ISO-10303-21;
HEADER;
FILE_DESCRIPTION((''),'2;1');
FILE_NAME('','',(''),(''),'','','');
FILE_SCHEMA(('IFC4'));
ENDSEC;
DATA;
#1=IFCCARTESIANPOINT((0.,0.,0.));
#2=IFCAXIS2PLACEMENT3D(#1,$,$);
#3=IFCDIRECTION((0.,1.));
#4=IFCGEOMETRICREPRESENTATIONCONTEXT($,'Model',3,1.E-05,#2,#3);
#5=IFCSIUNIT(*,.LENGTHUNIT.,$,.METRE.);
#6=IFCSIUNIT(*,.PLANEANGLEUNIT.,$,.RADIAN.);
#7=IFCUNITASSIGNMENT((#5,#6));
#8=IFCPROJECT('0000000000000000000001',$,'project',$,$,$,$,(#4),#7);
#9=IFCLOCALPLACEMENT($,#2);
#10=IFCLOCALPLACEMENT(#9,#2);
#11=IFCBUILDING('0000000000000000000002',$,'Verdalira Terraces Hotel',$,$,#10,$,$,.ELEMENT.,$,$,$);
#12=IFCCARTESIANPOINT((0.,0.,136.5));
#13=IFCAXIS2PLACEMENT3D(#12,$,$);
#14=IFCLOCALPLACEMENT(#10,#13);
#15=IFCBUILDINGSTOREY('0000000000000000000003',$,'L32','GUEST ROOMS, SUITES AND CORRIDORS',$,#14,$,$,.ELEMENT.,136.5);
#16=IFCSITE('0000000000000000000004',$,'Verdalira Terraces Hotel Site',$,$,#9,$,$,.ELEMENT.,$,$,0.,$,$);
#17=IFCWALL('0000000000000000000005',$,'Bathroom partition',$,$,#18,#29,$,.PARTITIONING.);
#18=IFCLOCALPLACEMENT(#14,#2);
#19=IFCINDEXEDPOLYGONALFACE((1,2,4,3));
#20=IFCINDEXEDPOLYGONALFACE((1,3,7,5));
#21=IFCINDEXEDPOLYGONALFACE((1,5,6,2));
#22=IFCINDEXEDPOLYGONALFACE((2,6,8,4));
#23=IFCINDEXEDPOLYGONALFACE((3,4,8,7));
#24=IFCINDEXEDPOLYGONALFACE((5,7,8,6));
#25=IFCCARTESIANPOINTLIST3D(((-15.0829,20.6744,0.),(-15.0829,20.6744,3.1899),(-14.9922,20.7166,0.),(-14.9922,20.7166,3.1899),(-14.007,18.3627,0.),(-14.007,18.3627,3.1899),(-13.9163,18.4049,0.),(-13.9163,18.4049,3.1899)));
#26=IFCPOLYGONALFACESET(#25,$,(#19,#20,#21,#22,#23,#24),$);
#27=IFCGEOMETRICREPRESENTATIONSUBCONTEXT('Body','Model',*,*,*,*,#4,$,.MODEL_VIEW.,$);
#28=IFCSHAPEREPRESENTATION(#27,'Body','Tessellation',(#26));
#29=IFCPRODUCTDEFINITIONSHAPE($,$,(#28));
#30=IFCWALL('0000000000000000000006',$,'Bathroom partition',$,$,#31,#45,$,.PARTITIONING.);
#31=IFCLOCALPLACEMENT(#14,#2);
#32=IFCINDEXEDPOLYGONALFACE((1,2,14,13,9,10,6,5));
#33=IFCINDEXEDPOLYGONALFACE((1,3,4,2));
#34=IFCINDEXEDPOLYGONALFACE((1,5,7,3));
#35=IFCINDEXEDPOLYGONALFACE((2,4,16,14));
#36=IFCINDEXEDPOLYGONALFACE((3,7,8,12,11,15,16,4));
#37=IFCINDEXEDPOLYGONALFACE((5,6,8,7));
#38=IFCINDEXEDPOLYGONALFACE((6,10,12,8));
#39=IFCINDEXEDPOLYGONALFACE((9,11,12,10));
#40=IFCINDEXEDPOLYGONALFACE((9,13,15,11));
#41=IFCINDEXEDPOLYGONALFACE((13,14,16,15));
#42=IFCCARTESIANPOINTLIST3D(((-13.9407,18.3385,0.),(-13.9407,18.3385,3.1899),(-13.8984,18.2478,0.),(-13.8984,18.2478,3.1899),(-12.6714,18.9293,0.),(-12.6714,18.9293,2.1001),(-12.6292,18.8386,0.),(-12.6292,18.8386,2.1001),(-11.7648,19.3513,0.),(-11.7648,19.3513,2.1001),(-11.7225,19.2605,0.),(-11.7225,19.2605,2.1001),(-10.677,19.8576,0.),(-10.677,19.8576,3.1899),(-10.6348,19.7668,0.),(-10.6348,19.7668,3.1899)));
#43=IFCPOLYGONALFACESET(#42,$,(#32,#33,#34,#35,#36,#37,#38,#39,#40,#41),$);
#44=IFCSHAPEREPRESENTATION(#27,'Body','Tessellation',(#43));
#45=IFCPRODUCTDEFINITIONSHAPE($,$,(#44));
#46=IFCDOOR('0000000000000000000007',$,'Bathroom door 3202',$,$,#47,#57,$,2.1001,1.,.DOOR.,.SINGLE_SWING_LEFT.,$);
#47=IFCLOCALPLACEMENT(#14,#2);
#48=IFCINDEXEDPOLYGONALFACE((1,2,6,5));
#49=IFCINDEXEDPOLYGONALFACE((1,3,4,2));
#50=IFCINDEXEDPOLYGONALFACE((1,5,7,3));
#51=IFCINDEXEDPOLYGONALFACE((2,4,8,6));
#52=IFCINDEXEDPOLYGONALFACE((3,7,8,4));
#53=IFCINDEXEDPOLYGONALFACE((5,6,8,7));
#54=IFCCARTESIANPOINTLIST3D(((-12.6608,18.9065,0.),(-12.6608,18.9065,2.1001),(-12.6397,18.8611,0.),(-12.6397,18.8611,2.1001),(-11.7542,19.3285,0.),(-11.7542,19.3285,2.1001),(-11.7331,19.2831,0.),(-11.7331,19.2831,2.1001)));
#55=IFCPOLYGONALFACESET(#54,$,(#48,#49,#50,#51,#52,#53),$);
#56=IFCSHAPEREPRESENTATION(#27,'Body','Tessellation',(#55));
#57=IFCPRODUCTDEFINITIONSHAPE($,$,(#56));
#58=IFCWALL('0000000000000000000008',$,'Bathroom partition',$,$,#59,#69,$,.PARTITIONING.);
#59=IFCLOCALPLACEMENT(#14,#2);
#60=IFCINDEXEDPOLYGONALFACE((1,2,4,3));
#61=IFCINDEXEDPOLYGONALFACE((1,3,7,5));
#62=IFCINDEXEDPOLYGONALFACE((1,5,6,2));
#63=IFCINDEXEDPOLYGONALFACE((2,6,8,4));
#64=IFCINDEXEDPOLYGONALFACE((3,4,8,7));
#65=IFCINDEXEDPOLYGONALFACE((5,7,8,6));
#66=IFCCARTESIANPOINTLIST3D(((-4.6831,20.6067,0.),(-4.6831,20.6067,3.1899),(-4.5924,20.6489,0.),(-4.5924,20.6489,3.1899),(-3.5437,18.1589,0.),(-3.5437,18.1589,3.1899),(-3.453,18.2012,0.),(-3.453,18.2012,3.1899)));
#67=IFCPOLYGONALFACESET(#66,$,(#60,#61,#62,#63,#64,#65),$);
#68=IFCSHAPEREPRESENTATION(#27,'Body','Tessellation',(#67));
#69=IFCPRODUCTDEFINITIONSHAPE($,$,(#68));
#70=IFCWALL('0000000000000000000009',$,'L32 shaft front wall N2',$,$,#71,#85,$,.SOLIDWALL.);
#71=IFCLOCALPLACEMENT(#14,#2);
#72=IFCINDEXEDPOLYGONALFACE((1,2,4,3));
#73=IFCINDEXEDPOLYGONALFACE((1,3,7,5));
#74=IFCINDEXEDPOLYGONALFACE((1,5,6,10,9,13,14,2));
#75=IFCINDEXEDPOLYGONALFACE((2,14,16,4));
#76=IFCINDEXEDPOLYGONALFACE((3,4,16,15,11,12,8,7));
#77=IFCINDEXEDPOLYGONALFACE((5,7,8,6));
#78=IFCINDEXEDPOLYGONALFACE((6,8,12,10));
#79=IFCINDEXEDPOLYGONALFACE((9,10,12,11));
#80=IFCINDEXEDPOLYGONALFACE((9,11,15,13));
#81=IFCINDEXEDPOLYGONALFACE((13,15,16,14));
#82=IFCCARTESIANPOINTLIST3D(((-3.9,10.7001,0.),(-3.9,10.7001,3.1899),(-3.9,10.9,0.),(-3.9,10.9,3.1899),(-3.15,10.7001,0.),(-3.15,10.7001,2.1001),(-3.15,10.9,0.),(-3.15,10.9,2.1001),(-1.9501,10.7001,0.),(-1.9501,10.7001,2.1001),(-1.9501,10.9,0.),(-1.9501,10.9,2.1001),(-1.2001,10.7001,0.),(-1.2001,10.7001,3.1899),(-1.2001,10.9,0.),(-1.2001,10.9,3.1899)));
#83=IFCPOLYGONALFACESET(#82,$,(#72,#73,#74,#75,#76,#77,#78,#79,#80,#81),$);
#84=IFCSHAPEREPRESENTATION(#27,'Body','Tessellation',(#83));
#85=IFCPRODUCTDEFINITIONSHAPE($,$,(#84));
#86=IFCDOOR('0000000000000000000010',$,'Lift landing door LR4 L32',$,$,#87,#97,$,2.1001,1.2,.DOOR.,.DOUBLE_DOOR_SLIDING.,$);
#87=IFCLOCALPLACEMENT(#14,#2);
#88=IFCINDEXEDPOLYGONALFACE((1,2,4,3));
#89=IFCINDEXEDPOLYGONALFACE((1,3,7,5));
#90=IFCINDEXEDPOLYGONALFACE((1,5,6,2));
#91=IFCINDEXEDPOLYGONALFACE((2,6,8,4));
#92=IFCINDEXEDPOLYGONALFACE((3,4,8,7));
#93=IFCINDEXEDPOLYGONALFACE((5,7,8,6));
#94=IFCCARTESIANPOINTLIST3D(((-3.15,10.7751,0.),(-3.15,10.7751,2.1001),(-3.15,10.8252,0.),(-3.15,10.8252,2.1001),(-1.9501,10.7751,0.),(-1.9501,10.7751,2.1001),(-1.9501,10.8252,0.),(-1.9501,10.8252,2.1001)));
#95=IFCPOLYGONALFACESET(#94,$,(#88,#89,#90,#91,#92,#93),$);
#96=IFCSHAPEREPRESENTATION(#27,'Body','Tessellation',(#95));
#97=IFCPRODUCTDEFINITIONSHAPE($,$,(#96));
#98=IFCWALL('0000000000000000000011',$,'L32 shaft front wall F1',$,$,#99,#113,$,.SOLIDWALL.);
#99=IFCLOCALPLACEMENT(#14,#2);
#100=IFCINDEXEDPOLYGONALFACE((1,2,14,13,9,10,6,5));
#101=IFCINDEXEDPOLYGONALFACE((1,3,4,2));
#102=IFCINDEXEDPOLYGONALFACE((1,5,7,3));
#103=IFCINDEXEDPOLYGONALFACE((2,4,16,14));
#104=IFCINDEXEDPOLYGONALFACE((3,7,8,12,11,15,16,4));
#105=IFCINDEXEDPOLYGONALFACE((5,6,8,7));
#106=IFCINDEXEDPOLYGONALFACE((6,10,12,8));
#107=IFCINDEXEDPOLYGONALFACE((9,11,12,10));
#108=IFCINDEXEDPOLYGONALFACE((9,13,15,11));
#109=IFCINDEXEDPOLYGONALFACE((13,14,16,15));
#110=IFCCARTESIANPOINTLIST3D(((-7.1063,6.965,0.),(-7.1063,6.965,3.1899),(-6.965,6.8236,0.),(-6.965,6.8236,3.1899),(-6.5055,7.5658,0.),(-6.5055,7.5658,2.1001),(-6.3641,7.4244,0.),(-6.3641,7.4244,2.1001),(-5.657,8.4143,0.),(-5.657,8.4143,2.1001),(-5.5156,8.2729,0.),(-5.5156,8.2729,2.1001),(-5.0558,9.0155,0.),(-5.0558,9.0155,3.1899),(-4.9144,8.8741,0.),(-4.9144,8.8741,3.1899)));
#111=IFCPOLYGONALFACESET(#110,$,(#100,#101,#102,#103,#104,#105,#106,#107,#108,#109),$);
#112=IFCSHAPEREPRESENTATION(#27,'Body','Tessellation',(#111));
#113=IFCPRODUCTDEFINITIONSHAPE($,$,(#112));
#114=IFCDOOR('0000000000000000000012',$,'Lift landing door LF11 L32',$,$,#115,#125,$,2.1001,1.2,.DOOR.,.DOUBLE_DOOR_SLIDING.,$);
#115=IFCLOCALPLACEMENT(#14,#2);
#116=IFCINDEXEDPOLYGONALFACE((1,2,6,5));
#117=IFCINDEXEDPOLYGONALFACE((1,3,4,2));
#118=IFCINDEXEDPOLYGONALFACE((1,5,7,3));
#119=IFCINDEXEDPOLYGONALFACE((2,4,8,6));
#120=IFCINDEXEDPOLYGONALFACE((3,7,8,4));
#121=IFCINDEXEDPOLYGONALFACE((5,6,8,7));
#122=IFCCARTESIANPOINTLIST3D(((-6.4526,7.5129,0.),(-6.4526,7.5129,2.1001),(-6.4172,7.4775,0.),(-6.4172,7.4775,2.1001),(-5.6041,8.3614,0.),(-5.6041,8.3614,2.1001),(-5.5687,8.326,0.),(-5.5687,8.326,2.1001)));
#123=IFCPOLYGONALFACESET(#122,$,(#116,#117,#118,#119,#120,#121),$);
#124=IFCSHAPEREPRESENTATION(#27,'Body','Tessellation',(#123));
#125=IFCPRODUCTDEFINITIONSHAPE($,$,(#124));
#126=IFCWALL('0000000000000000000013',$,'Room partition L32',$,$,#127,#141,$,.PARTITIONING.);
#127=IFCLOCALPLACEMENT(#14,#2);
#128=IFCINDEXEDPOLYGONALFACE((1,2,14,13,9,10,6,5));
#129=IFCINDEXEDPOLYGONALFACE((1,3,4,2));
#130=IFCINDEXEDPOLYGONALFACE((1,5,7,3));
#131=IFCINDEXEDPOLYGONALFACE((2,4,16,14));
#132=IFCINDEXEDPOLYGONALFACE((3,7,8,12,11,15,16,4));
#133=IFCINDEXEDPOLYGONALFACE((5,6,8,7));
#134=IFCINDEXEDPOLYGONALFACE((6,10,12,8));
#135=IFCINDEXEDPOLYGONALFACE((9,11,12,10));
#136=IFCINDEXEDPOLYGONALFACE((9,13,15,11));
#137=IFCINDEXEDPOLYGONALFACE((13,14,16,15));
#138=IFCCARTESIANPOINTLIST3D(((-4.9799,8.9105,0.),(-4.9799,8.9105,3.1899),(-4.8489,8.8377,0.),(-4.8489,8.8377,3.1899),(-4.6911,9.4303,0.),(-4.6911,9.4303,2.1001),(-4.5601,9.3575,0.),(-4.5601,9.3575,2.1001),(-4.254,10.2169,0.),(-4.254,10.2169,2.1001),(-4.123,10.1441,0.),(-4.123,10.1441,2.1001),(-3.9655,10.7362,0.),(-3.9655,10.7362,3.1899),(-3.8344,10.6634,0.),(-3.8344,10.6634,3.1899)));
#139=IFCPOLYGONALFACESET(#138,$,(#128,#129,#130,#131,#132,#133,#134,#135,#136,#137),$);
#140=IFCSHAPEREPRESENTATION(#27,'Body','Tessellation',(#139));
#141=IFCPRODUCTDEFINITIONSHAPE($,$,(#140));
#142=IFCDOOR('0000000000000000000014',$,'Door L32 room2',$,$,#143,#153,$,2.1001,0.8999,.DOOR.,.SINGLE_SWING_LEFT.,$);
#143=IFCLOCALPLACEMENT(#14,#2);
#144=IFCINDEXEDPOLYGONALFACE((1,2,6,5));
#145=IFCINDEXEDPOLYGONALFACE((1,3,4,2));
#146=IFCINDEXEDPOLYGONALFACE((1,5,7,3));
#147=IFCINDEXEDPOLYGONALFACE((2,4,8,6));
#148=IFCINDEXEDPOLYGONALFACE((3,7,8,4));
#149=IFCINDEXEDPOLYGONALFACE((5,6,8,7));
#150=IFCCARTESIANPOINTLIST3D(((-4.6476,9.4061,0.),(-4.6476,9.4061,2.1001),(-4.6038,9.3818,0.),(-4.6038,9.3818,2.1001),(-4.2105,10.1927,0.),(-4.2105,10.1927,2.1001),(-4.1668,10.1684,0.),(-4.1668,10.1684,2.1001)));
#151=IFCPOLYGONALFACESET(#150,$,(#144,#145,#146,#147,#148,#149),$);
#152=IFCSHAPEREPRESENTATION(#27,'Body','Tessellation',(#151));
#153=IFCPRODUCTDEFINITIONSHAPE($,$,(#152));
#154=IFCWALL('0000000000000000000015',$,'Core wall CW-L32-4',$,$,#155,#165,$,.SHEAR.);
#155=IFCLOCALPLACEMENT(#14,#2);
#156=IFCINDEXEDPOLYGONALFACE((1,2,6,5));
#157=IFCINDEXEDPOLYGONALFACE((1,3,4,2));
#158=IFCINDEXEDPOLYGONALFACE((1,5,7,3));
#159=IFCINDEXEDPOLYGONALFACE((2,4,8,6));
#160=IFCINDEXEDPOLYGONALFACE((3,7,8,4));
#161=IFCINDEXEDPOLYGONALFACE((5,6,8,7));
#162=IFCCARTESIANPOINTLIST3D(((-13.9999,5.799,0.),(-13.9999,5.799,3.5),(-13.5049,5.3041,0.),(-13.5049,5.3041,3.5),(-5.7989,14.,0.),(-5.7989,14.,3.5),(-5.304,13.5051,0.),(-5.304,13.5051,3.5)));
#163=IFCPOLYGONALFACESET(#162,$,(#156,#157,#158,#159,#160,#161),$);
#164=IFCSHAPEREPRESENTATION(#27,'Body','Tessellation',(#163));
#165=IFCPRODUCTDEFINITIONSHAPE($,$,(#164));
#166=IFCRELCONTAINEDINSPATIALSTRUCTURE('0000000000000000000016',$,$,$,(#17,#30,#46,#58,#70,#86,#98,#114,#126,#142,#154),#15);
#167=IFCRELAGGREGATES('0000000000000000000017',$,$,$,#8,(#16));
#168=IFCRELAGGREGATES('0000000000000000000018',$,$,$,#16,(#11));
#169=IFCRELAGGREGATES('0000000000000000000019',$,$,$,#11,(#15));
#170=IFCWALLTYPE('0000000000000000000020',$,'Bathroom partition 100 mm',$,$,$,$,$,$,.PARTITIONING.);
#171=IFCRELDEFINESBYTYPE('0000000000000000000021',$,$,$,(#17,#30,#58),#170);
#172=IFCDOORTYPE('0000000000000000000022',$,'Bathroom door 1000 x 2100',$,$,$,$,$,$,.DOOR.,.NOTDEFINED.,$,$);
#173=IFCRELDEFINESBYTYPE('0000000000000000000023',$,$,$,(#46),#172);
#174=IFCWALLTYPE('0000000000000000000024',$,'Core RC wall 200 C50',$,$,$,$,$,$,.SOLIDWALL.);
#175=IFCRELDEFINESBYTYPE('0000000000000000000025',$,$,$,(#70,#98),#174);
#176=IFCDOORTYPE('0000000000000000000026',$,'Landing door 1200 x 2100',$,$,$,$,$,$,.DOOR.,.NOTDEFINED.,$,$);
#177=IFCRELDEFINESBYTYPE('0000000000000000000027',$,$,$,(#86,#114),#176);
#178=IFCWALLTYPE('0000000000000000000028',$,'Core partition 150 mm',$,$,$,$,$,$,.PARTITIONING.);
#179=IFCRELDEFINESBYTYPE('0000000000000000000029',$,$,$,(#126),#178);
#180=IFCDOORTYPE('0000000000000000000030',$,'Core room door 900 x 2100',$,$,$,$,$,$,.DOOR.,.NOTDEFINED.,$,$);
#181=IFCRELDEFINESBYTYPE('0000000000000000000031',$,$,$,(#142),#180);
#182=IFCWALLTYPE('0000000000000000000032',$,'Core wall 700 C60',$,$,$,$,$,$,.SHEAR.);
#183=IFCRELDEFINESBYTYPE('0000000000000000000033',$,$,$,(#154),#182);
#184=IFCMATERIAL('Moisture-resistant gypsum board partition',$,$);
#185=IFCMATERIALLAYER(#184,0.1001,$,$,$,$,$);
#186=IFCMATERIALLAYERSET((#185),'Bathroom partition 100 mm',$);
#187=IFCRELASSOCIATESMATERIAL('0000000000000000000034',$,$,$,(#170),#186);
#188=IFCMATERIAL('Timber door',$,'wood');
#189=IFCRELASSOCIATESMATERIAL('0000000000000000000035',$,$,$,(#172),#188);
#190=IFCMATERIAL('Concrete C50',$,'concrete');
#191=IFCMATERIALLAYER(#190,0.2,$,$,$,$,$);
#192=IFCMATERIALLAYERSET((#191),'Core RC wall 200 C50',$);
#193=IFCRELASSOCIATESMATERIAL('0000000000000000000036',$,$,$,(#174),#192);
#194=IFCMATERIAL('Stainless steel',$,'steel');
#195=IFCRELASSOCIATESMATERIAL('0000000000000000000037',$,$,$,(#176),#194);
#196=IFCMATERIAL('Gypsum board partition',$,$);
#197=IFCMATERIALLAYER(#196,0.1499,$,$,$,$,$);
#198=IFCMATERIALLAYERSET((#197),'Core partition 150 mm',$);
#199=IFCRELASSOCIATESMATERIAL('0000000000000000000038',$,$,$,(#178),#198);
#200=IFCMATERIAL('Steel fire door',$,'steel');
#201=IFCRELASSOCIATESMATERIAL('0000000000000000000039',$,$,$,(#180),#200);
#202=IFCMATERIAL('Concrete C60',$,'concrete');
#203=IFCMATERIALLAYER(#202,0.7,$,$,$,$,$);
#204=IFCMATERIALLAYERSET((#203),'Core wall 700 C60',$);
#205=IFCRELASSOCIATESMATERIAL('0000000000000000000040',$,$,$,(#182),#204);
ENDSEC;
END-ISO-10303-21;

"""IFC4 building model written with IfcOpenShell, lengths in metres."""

from ifc_helpers import new_model, si_unit, direction, frame, frame_2d, origin, place, context, subcontext, project, spatial, rectangle, extrude, material, layer, layer_set, type_object, element, fill, save


model = new_model("IFC4")

# Units and contexts
model_context = context("Model", 3, precision=1e-05, world=origin(), true_north=direction((0.0, 1.0)))
body_context = subcontext(model_context, "Body", "Model", "MODEL_VIEW")
ifc_project = project(units=[si_unit("LENGTHUNIT", "METRE"), si_unit("PLANEANGLEUNIT", "RADIAN")], contexts=[model_context])

# Site, building, storey
site_placement = place(None, origin())
site = spatial("IfcSite", under=ifc_project, at=site_placement, Name="Verdalira Terraces Hotel Site", CompositionType="ELEMENT", RefElevation=0.0)
building_placement = place(site_placement, origin())
building = spatial("IfcBuilding", under=site, at=building_placement, Name="Verdalira Terraces Hotel", CompositionType="ELEMENT")
storey_placement = place(building_placement, frame((0.0, 0.0, 136.5)))
storey = spatial("IfcBuildingStorey", under=building, at=storey_placement, Name="L32", Description="GUEST ROOMS, SUITES AND CORRIDORS", CompositionType="ELEMENT", Elevation=136.5)

# Wall
ifc_material_1 = material(Name="Moisture-resistant gypsum board partition")
ifc_layer_1 = layer(ifc_material_1, 0.1001)
ifc_layer_set_1 = layer_set([ifc_layer_1], Name="Bathroom partition 100 mm")
wall_type_1 = type_object("IfcWallType", Name="Bathroom partition 100 mm", PredefinedType="PARTITIONING", material=ifc_layer_set_1)
wall_1_placement = place(storey_placement, frame((-13.9617, 18.3838, 0.0), z_axis=(0.0, 0.0, 1.0), x_axis=(-0.421952, 0.906618, 0.0)))
element("IfcWall", 1, at=wall_1_placement, inside=storey, type_object=wall_type_1, Name="Bathroom partition", PredefinedType="PARTITIONING", context=body_context, shape_type="SweptSolid", body=[
    extrude(rectangle(XDim=2.5498, YDim=0.1001, at=frame_2d((1.2749, 0.0))), origin(), (0.0, 0.0, 1.0), 3.1899),
])

# Wall, opening, door
wall_2_placement = place(storey_placement, frame((-13.9194, 18.2932, 0.0), z_axis=(0.0, 0.0, 1.0), x_axis=(0.906609, 0.421972, 0.0)))
wall_2 = element("IfcWall", 2, at=wall_2_placement, inside=storey, type_object=wall_type_1, Name="Bathroom partition", PredefinedType="PARTITIONING", context=body_context, shape_type="SweptSolid", body=[
    extrude(rectangle(XDim=3.5999, YDim=0.1001, at=frame_2d((1.7998, 0.0))), origin(), (0.0, 0.0, 1.0), 3.1899),
])
opening_1_placement = place(wall_2_placement, frame((1.3999, 0.0, 0.0)))
opening_1 = element("IfcOpeningElement", 3, at=opening_1_placement, cuts=wall_2, PredefinedType="OPENING", context=body_context, shape_type="SweptSolid", body=[
    extrude(rectangle(XDim=1.0, YDim=2.1001, at=frame_2d((0.5, 1.05))), frame((0.0, 0.0601, 0.0), z_axis=(0.0, -1.0, 0.0), x_axis=(1.0, 0.0, 0.0)), (0.0, 0.0, 1.0), 0.1201),
])
ifc_material_2 = material(Name="Timber door", Category="wood")
door_type_1 = type_object("IfcDoorType", Name="Bathroom door 1000 x 2100", OperationType="NOTDEFINED", PredefinedType="DOOR", material=ifc_material_2)
door_1_placement = place(opening_1_placement, origin())
door_1 = element("IfcDoor", 4, at=door_1_placement, inside=storey, type_object=door_type_1, Name="Bathroom door 3202", OperationType="SINGLE_SWING_LEFT", OverallHeight=2.1001, OverallWidth=1.0, PredefinedType="DOOR", context=body_context, shape_type="SweptSolid", body=[
    extrude(rectangle(XDim=1.0, YDim=2.1001, at=frame_2d((0.5, 1.05))), frame((0.0, 0.0249, 0.0), z_axis=(0.0, -1.0, 0.0), x_axis=(1.0, 0.0, 0.0)), (0.0, 0.0, 1.0), 0.05),
])
fill(opening_1, door_1)

# Wall
wall_3_placement = place(storey_placement, frame((-3.4983, 18.1799, 0.0), z_axis=(0.0, 0.0, 1.0), x_axis=(-0.422009, 0.906592, 0.0)))
element("IfcWall", 5, at=wall_3_placement, inside=storey, type_object=wall_type_1, Name="Bathroom partition", PredefinedType="PARTITIONING", context=body_context, shape_type="SweptSolid", body=[
    extrude(rectangle(XDim=2.7, YDim=0.1001, at=frame_2d((1.3501, 0.0))), origin(), (0.0, 0.0, 1.0), 3.1899),
])

# Walls, openings, doors
ifc_material_3 = material(Name="Concrete C50", Category="concrete")
ifc_layer_2 = layer(ifc_material_3, 0.2)
ifc_layer_set_2 = layer_set([ifc_layer_2], Name="Core RC wall 200 C50")
wall_type_2 = type_object("IfcWallType", Name="Core RC wall 200 C50", PredefinedType="SOLIDWALL", material=ifc_layer_set_2)
wall_4_placement = place(storey_placement, frame((-1.2, 10.8, 0.0), z_axis=(0.0, 0.0, 1.0), x_axis=(-1.0, 0.0, 0.0)))
wall_4 = element("IfcWall", 6, at=wall_4_placement, inside=storey, type_object=wall_type_2, Name="L32 shaft front wall N2", PredefinedType="SOLIDWALL", context=body_context, shape_type="SweptSolid", body=[
    extrude(rectangle(XDim=2.7, YDim=0.2, at=frame_2d((1.3501, 0.0))), origin(), (0.0, 0.0, 1.0), 3.1899),
])
opening_2_placement = place(wall_4_placement, frame((0.75, 0.0, 0.0)))
opening_2 = element("IfcOpeningElement", 7, at=opening_2_placement, cuts=wall_4, PredefinedType="OPENING", context=body_context, shape_type="SweptSolid", body=[
    extrude(rectangle(XDim=1.2, YDim=2.1001, at=frame_2d((0.6001, 1.05))), frame((0.0, 0.1099, 0.0), z_axis=(0.0, -1.0, 0.0), x_axis=(1.0, 0.0, 0.0)), (0.0, 0.0, 1.0), 0.22),
])
ifc_material_4 = material(Name="Stainless steel", Category="steel")
door_type_2 = type_object("IfcDoorType", Name="Landing door 1200 x 2100", OperationType="NOTDEFINED", PredefinedType="DOOR", material=ifc_material_4)
door_2_placement = place(opening_2_placement, origin())
door_2 = element("IfcDoor", 8, at=door_2_placement, inside=storey, type_object=door_type_2, Name="Lift landing door LR4 L32", OperationType="DOUBLE_DOOR_SLIDING", OverallHeight=2.1001, OverallWidth=1.2, PredefinedType="DOOR", context=body_context, shape_type="SweptSolid", body=[
    extrude(rectangle(XDim=1.2, YDim=2.1001, at=frame_2d((0.6001, 1.05))), frame((0.0, 0.0249, 0.0), z_axis=(0.0, -1.0, 0.0), x_axis=(1.0, 0.0, 0.0)), (0.0, 0.0, 1.0), 0.05),
])
fill(opening_2, door_2)
wall_5_placement = place(storey_placement, frame((-4.9851, 8.9448, 0.0), z_axis=(0.0, 0.0, 1.0), x_axis=(-0.707107, -0.707107, 0.0)))
wall_5 = element("IfcWall", 9, at=wall_5_placement, inside=storey, type_object=wall_type_2, Name="L32 shaft front wall F1", PredefinedType="SOLIDWALL", context=body_context, shape_type="SweptSolid", body=[
    extrude(rectangle(XDim=2.8999, YDim=0.2, at=frame_2d((1.45, 0.0))), origin(), (0.0, 0.0, 1.0), 3.1899),
])
opening_3_placement = place(wall_5_placement, frame((0.8501, 0.0, 0.0)))
opening_3 = element("IfcOpeningElement", 10, at=opening_3_placement, cuts=wall_5, PredefinedType="OPENING", context=body_context, shape_type="SweptSolid", body=[
    extrude(rectangle(XDim=1.2, YDim=2.1001, at=frame_2d((0.6001, 1.05))), frame((0.0, 0.1099, 0.0), z_axis=(0.0, -1.0, 0.0), x_axis=(1.0, 0.0, 0.0)), (0.0, 0.0, 1.0), 0.22),
])
door_3_placement = place(opening_3_placement, origin())
door_3 = element("IfcDoor", 11, at=door_3_placement, inside=storey, type_object=door_type_2, Name="Lift landing door LF11 L32", OperationType="DOUBLE_DOOR_SLIDING", OverallHeight=2.1001, OverallWidth=1.2, PredefinedType="DOOR", context=body_context, shape_type="SweptSolid", body=[
    extrude(rectangle(XDim=1.2, YDim=2.1001, at=frame_2d((0.6001, 1.05))), frame((0.0, 0.0249, 0.0), z_axis=(0.0, -1.0, 0.0), x_axis=(1.0, 0.0, 0.0)), (0.0, 0.0, 1.0), 0.05),
])
fill(opening_3, door_3)
ifc_material_5 = material(Name="Gypsum board partition")
ifc_layer_3 = layer(ifc_material_5, 0.1499)
ifc_layer_set_3 = layer_set([ifc_layer_3], Name="Core partition 150 mm")
wall_type_3 = type_object("IfcWallType", Name="Core partition 150 mm", PredefinedType="PARTITIONING", material=ifc_layer_set_3)
wall_6_placement = place(storey_placement, frame((-3.8999, 10.7, 0.0), z_axis=(0.0, 0.0, 1.0), x_axis=(-0.485693, -0.87413, 0.0)))
wall_6 = element("IfcWall", 12, at=wall_6_placement, inside=storey, type_object=wall_type_3, Name="Room partition L32", PredefinedType="PARTITIONING", context=body_context, shape_type="SweptSolid", body=[
    extrude(rectangle(XDim=2.0886, YDim=0.1499, at=frame_2d((1.0444, 0.0))), origin(), (0.0, 0.0, 1.0), 3.1899),
])
opening_4_placement = place(wall_6_placement, frame((0.5942, 0.0, 0.0)))
opening_4 = element("IfcOpeningElement", 13, at=opening_4_placement, cuts=wall_6, PredefinedType="OPENING", context=body_context, shape_type="SweptSolid", body=[
    extrude(rectangle(XDim=0.8999, YDim=2.1001, at=frame_2d((0.45, 1.05))), frame((0.0, 0.085, 0.0), z_axis=(0.0, -1.0, 0.0), x_axis=(1.0, 0.0, 0.0)), (0.0, 0.0, 1.0), 0.1699),
])
ifc_material_6 = material(Name="Steel fire door", Category="steel")
door_type_3 = type_object("IfcDoorType", Name="Core room door 900 x 2100", OperationType="NOTDEFINED", PredefinedType="DOOR", material=ifc_material_6)
door_4_placement = place(opening_4_placement, origin())
door_4 = element("IfcDoor", 14, at=door_4_placement, inside=storey, type_object=door_type_3, Name="Door L32 room2", OperationType="SINGLE_SWING_LEFT", OverallHeight=2.1001, OverallWidth=0.8999, PredefinedType="DOOR", context=body_context, shape_type="SweptSolid", body=[
    extrude(rectangle(XDim=0.8999, YDim=2.1001, at=frame_2d((0.45, 1.05))), frame((0.0, 0.0249, 0.0), z_axis=(0.0, -1.0, 0.0), x_axis=(1.0, 0.0, 0.0)), (0.0, 0.0, 1.0), 0.05),
])
fill(opening_4, door_4)

# Wall
ifc_material_7 = material(Name="Concrete C60", Category="concrete")
ifc_layer_4 = layer(ifc_material_7, 0.7)
ifc_layer_set_4 = layer_set([ifc_layer_4], Name="Core wall 700 C60")
wall_type_4 = type_object("IfcWallType", Name="Core wall 700 C60", PredefinedType="SHEAR", material=ifc_layer_set_4)
wall_7_placement = place(storey_placement, frame((-5.5515, 13.7524, 0.0), z_axis=(0.0, 0.0, 1.0), x_axis=(-0.707107, -0.707107, 0.0)))
element("IfcWall", 15, at=wall_7_placement, inside=storey, type_object=wall_type_4, Name="Core wall CW-L32-4", PredefinedType="SHEAR", context=body_context, shape_type="SweptSolid", body=[
    extrude(rectangle(XDim=11.5979, YDim=0.7, at=frame_2d((5.7988, 0.0))), origin(), (0.0, 0.0, 1.0), 3.5),
])

save(model, "model.ifc")
